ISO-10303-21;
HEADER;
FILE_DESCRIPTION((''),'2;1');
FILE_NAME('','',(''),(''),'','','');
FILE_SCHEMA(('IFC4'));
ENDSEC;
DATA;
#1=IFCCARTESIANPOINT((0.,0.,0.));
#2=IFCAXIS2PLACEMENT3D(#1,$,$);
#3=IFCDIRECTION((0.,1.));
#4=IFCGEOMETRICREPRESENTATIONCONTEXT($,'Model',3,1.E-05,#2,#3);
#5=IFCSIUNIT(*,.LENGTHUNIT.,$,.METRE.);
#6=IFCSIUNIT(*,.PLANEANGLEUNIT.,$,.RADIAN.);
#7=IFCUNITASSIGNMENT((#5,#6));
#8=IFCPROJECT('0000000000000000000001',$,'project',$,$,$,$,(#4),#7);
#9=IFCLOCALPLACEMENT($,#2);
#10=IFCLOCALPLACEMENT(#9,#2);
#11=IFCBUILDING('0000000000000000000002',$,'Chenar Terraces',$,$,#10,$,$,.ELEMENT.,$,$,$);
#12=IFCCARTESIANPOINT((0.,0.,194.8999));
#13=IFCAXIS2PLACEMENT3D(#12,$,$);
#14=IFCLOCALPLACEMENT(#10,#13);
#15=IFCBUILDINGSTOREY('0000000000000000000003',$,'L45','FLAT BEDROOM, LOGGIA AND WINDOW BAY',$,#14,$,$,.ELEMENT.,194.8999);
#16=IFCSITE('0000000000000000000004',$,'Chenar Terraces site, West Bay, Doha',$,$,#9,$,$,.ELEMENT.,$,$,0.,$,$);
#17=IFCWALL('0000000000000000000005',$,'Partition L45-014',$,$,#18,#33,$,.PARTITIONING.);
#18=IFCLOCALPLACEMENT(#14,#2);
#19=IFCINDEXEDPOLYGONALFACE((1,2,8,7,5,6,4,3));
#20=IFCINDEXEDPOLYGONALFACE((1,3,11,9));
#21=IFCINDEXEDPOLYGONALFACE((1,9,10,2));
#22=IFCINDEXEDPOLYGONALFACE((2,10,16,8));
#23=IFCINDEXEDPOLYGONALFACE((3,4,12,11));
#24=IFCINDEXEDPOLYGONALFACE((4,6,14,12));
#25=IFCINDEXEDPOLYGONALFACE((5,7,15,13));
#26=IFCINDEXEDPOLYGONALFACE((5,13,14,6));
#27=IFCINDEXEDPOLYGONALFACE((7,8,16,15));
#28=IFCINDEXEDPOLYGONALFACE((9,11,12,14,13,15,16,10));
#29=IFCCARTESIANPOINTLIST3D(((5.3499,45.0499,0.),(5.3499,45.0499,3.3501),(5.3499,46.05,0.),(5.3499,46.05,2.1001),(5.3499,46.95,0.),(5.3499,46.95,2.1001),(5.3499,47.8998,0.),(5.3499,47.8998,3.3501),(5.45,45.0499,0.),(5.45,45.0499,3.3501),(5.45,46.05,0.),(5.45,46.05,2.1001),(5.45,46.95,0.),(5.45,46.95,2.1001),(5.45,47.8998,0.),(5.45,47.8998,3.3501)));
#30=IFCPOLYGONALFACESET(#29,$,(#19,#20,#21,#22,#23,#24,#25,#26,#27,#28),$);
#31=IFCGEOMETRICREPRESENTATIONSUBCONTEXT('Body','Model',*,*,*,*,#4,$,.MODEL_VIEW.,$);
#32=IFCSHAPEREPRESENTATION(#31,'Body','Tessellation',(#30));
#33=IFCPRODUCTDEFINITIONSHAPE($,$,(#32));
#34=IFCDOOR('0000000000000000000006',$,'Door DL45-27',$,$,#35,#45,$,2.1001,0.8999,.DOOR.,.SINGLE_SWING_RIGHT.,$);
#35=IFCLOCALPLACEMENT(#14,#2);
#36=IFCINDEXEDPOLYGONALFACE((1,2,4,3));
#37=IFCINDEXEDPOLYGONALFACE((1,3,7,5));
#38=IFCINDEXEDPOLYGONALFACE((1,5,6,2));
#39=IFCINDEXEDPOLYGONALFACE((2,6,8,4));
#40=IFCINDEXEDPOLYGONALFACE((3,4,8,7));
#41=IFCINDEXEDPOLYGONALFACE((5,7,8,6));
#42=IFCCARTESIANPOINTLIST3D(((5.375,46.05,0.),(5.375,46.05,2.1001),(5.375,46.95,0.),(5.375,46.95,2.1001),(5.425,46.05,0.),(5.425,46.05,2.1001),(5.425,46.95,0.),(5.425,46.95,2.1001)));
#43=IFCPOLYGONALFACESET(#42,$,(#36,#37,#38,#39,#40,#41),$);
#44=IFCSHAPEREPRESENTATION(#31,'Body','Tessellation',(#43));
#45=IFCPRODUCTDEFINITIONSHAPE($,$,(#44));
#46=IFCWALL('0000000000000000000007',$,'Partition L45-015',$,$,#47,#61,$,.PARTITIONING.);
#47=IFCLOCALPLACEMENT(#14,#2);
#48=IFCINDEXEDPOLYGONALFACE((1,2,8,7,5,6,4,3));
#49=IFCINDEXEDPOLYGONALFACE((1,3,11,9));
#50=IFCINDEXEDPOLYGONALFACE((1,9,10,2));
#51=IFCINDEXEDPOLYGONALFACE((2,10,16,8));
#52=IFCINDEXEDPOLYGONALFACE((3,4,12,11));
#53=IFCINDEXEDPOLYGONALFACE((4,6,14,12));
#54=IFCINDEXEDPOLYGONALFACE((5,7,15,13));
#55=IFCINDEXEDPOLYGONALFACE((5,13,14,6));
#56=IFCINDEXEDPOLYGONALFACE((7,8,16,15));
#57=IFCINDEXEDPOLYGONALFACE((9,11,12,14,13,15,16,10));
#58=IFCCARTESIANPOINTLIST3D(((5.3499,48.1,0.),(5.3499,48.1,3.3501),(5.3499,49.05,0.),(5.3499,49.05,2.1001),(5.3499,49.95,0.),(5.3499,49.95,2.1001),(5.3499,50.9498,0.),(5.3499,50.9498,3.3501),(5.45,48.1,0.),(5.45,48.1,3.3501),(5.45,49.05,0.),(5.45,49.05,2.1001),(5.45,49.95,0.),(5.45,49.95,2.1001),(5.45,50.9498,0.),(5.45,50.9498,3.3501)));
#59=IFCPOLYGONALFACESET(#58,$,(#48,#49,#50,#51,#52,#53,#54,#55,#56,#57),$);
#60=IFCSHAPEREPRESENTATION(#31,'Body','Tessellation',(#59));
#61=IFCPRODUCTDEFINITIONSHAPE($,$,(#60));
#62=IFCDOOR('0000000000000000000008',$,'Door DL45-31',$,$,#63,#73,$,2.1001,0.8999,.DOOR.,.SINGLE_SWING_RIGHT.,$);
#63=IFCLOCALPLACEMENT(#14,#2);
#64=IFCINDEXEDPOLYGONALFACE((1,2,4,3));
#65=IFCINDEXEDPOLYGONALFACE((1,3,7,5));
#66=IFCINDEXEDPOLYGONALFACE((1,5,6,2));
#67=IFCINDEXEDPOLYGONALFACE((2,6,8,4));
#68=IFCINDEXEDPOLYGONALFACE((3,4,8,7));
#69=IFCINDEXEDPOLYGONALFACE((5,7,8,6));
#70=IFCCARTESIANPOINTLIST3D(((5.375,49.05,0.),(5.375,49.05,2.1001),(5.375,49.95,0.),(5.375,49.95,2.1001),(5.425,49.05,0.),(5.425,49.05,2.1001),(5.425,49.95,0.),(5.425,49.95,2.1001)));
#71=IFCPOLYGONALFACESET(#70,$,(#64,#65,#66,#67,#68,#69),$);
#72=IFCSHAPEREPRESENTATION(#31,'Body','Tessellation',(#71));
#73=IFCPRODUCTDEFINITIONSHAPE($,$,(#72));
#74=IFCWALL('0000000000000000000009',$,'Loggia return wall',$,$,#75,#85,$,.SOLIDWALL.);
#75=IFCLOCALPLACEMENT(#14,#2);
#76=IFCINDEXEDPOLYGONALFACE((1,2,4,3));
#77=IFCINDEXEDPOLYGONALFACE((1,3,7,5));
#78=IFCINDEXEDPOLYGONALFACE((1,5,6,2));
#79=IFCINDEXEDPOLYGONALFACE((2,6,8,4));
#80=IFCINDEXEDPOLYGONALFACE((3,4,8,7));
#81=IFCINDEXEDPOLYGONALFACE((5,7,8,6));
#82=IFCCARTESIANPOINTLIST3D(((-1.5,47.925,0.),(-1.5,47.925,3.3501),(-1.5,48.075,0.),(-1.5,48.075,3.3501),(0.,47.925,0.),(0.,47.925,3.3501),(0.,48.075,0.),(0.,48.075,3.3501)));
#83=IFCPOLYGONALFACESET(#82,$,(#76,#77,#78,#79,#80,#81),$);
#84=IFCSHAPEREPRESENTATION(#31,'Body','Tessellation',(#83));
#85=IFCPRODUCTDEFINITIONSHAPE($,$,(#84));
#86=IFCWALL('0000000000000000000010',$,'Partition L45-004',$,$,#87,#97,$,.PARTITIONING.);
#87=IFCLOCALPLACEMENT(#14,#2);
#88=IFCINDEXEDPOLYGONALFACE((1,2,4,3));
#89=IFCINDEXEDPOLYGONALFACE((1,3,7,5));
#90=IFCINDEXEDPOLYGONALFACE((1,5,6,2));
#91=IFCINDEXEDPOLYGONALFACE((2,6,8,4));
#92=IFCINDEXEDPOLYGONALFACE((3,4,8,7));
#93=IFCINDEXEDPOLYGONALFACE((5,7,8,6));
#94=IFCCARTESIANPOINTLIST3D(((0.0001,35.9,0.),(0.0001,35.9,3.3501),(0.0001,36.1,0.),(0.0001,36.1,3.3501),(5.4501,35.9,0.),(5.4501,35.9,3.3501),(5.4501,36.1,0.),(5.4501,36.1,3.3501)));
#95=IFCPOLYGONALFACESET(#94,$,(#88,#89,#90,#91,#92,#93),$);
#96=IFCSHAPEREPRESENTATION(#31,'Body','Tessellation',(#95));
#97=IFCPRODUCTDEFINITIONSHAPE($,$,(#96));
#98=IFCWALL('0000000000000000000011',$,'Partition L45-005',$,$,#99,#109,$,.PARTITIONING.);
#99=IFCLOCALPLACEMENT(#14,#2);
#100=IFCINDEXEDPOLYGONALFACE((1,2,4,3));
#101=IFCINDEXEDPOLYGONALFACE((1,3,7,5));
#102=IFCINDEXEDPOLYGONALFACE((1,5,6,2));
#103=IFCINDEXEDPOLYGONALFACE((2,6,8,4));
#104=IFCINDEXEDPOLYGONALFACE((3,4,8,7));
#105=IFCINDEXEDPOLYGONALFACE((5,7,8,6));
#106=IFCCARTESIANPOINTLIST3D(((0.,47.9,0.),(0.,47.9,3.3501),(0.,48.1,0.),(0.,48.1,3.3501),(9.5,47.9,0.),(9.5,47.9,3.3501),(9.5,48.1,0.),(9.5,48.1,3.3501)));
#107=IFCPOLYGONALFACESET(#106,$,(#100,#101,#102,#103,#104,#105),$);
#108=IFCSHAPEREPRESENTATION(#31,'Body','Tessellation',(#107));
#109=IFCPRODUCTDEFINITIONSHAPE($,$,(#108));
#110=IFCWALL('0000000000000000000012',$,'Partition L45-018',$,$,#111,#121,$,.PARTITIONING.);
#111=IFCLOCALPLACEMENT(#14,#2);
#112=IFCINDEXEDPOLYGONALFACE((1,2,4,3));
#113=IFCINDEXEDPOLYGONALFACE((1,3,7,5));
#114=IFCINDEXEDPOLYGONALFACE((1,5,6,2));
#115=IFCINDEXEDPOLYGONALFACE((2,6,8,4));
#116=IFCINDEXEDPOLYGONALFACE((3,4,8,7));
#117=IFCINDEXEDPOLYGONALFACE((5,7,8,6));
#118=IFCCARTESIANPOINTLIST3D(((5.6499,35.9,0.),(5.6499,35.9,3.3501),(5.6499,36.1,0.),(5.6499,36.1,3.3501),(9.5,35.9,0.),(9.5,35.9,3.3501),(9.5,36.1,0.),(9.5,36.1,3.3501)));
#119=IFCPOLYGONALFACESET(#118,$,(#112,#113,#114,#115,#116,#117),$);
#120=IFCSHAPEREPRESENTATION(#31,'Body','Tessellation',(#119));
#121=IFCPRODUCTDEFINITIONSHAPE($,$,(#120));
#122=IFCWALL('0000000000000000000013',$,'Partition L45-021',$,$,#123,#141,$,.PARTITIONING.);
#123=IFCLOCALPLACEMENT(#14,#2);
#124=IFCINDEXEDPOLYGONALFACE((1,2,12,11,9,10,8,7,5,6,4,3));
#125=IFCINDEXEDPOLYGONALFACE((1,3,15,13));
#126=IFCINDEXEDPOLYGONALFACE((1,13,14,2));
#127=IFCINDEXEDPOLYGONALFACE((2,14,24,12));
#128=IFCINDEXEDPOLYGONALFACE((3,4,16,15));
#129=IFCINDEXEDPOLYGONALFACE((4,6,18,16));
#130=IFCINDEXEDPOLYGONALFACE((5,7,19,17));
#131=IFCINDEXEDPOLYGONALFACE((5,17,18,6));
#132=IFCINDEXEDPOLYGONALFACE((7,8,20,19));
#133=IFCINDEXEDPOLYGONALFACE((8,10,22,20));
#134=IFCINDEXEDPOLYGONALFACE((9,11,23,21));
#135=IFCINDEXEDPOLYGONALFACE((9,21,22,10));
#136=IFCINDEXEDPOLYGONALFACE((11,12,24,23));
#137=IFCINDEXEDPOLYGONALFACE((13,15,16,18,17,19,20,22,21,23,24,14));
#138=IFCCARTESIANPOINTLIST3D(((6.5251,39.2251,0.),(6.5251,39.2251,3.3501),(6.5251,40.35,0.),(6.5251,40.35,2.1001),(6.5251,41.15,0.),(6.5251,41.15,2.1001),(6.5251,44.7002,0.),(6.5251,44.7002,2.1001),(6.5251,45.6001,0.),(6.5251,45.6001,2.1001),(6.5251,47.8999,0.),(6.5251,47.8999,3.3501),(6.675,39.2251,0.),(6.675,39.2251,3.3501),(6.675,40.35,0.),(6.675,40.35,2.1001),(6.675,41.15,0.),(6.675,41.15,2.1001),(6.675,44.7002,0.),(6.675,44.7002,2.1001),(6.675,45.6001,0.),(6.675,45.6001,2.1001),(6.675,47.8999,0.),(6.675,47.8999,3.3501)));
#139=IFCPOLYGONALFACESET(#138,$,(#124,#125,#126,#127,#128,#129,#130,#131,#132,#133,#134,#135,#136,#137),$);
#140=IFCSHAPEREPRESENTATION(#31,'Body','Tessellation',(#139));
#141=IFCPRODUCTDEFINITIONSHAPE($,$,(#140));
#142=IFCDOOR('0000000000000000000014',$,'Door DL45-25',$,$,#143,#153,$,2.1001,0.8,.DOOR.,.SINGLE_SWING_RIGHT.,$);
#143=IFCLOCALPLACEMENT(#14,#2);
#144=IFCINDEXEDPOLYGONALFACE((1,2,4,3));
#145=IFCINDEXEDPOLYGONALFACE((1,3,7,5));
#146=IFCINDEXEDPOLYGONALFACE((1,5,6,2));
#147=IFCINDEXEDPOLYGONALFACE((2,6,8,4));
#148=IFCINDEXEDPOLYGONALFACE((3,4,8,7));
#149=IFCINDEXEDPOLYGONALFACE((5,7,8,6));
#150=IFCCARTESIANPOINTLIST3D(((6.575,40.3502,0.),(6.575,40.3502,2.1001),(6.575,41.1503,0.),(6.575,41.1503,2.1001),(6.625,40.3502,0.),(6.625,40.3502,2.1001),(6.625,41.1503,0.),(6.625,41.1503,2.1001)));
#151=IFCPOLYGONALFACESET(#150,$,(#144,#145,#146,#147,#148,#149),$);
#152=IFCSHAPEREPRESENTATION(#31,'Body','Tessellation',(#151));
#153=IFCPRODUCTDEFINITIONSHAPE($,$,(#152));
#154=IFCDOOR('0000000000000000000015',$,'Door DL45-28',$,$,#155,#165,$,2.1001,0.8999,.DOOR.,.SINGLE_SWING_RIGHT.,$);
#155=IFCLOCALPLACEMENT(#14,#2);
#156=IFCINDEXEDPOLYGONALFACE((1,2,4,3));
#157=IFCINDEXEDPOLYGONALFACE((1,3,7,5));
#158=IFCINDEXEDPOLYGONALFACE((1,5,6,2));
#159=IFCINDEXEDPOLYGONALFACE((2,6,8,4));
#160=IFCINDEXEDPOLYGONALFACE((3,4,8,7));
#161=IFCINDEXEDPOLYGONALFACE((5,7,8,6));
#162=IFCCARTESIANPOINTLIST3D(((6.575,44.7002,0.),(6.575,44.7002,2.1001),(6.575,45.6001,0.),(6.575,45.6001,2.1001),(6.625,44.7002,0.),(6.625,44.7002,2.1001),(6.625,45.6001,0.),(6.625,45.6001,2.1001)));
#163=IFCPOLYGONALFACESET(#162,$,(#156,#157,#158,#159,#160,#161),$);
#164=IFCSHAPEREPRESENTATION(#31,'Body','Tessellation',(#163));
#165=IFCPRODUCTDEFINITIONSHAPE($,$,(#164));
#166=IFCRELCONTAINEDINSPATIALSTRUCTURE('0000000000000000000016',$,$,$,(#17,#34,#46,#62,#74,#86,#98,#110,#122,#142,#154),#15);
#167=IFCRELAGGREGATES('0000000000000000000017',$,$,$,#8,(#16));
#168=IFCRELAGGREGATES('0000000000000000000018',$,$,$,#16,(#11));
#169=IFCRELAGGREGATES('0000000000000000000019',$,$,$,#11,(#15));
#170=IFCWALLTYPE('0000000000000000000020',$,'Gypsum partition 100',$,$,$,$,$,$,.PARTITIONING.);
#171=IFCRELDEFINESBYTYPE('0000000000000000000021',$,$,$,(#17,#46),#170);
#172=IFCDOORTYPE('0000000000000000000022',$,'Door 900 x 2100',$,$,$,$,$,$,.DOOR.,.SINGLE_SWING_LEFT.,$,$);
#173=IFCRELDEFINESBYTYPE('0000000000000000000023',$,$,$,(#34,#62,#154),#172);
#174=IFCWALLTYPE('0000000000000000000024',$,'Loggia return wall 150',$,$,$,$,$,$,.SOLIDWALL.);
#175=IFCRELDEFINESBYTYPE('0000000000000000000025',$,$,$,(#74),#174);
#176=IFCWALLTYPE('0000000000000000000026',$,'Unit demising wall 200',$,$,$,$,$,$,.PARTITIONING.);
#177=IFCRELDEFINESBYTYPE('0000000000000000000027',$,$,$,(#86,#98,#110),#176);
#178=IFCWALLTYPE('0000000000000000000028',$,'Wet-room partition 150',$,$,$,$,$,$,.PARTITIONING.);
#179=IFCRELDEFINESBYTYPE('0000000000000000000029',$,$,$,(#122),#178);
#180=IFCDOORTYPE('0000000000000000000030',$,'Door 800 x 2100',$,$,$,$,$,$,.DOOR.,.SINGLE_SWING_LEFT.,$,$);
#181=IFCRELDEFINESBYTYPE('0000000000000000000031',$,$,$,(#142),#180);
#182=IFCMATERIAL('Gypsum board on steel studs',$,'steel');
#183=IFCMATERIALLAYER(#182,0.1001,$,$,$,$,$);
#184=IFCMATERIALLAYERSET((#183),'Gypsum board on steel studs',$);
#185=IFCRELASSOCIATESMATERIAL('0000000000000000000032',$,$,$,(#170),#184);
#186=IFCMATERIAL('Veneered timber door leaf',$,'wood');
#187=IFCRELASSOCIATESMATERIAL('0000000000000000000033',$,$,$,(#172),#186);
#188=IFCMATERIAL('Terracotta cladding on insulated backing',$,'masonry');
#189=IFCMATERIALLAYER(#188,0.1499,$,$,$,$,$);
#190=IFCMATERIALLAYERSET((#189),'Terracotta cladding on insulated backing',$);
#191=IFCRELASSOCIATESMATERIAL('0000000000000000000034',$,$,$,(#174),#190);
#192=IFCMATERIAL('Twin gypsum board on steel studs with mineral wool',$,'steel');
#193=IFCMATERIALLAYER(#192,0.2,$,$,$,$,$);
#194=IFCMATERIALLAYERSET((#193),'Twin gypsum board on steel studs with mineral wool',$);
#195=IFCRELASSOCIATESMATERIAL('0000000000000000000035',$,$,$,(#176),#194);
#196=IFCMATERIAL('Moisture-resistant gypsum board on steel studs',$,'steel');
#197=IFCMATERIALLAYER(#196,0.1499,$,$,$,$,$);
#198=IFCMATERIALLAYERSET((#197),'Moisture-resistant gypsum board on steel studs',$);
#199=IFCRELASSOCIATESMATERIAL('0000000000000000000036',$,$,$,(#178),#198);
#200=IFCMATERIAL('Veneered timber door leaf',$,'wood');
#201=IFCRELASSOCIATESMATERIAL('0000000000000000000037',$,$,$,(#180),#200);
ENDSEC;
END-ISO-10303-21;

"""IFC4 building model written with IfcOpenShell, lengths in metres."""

from ifc_helpers import new_model, si_unit, direction, frame, frame_2d, origin, place, context, subcontext, project, spatial, rectangle, extrude, material, layer, layer_set, type_object, element, fill, save


model = new_model("IFC4")

# Units and contexts
model_context = context("Model", 3, precision=1e-05, world=origin(), true_north=direction((0.0, 1.0)))
body_context = subcontext(model_context, "Body", "Model", "MODEL_VIEW")
ifc_project = project(units=[si_unit("LENGTHUNIT", "METRE"), si_unit("PLANEANGLEUNIT", "RADIAN")], contexts=[model_context])

# Site, building, storey
site_placement = place(None, origin())
site = spatial("IfcSite", under=ifc_project, at=site_placement, Name="Chenar Terraces site, West Bay, Doha", CompositionType="ELEMENT", RefElevation=0.0)
building_placement = place(site_placement, origin())
building = spatial("IfcBuilding", under=site, at=building_placement, Name="Chenar Terraces", CompositionType="ELEMENT")
storey_placement = place(building_placement, frame((0.0, 0.0, 194.8999)))
storey = spatial("IfcBuildingStorey", under=building, at=storey_placement, Name="L45", Description="FLAT BEDROOM, LOGGIA AND WINDOW BAY", CompositionType="ELEMENT", Elevation=194.8999)

# Shared definitions
placement = place(storey_placement, frame((0.0, 36.0, 0.0), z_axis=(0.0, 0.0, 1.0), x_axis=(1.0, 0.0, 0.0)))

# Shared definitions
ifc_material_1 = material(Name="Gypsum board on steel studs", Category="steel")
ifc_layer_1 = layer(ifc_material_1, 0.1001)
ifc_layer_set_1 = layer_set([ifc_layer_1], Name="Gypsum board on steel studs")
wall_type_1 = type_object("IfcWallType", Name="Gypsum partition 100", PredefinedType="PARTITIONING", material=ifc_layer_set_1)

# Walls, openings, doors
ifc_material_2 = material(Name="Veneered timber door leaf", Category="wood")
door_type_1 = type_object("IfcDoorType", Name="Door 900 x 2100", OperationType="SINGLE_SWING_LEFT", PredefinedType="DOOR", material=ifc_material_2)
wall_1_placement = place(storey_placement, frame((5.3999, 45.05, 0.0), z_axis=(0.0, 0.0, 1.0), x_axis=(0.0, 1.0, 0.0)))
wall_1 = element("IfcWall", 1, at=wall_1_placement, inside=storey, type_object=wall_type_1, Name="Partition L45-014", PredefinedType="PARTITIONING", context=body_context, shape_type="SweptSolid", body=[
    extrude(rectangle(XDim=2.8499, YDim=0.1001, at=frame_2d((1.4248, 0.0))), origin(), (0.0, 0.0, 1.0), 3.3501),
])
opening_1_placement = place(wall_1_placement, frame((1.0, 0.0, 0.0)))
opening_1 = element("IfcOpeningElement", 2, at=opening_1_placement, cuts=wall_1, PredefinedType="OPENING", context=body_context, shape_type="SweptSolid", body=[
    extrude(rectangle(XDim=0.8999, YDim=2.1001, at=frame_2d((0.45, 1.05))), frame((0.0, 0.0601, 0.0), z_axis=(0.0, -1.0, 0.0), x_axis=(1.0, 0.0, 0.0)), (0.0, 0.0, 1.0), 0.1201),
])
door_1_placement = place(opening_1_placement, origin())
door_1 = element("IfcDoor", 3, at=door_1_placement, inside=storey, type_object=door_type_1, Name="Door DL45-27", OperationType="SINGLE_SWING_RIGHT", OverallHeight=2.1001, OverallWidth=0.8999, PredefinedType="DOOR", context=body_context, shape_type="SweptSolid", body=[
    extrude(rectangle(XDim=0.8999, YDim=2.1001, at=frame_2d((0.45, 1.05))), frame((0.0, 0.0249, 0.0), z_axis=(0.0, -1.0, 0.0), x_axis=(1.0, 0.0, 0.0)), (0.0, 0.0, 1.0), 0.05),
])
fill(opening_1, door_1)
wall_2_placement = place(storey_placement, frame((5.3999, 48.1001, 0.0), z_axis=(0.0, 0.0, 1.0), x_axis=(0.0, 1.0, 0.0)))
wall_2 = element("IfcWall", 4, at=wall_2_placement, inside=storey, type_object=wall_type_1, Name="Partition L45-015", PredefinedType="PARTITIONING", context=body_context, shape_type="SweptSolid", body=[
    extrude(rectangle(XDim=2.8499, YDim=0.1001, at=frame_2d((1.4248, 0.0))), origin(), (0.0, 0.0, 1.0), 3.3501),
])
opening_2_placement = place(wall_2_placement, frame((0.95, 0.0, 0.0)))
opening_2 = element("IfcOpeningElement", 5, at=opening_2_placement, cuts=wall_2, PredefinedType="OPENING", context=body_context, shape_type="SweptSolid", body=[
    extrude(rectangle(XDim=0.8999, YDim=2.1001, at=frame_2d((0.45, 1.05))), frame((0.0, 0.0601, 0.0), z_axis=(0.0, -1.0, 0.0), x_axis=(1.0, 0.0, 0.0)), (0.0, 0.0, 1.0), 0.1201),
])
door_2_placement = place(opening_2_placement, origin())
door_2 = element("IfcDoor", 6, at=door_2_placement, inside=storey, type_object=door_type_1, Name="Door DL45-31", OperationType="SINGLE_SWING_RIGHT", OverallHeight=2.1001, OverallWidth=0.8999, PredefinedType="DOOR", context=body_context, shape_type="SweptSolid", body=[
    extrude(rectangle(XDim=0.8999, YDim=2.1001, at=frame_2d((0.45, 1.05))), frame((0.0, 0.0249, 0.0), z_axis=(0.0, -1.0, 0.0), x_axis=(1.0, 0.0, 0.0)), (0.0, 0.0, 1.0), 0.05),
])
fill(opening_2, door_2)

# Walls
ifc_material_3 = material(Name="Terracotta cladding on insulated backing", Category="masonry")
ifc_layer_2 = layer(ifc_material_3, 0.1499)
ifc_layer_set_2 = layer_set([ifc_layer_2], Name="Terracotta cladding on insulated backing")
wall_type_2 = type_object("IfcWallType", Name="Loggia return wall 150", PredefinedType="SOLIDWALL", material=ifc_layer_set_2)
wall_3_placement = place(storey_placement, frame((-1.5, 48.0, 0.0), z_axis=(0.0, 0.0, 1.0), x_axis=(1.0, 0.0, 0.0)))
element("IfcWall", 7, at=wall_3_placement, inside=storey, type_object=wall_type_2, Name="Loggia return wall", PredefinedType="SOLIDWALL", context=body_context, shape_type="SweptSolid", body=[
    extrude(rectangle(XDim=1.5, YDim=0.1499, at=frame_2d((0.75, 0.0))), origin(), (0.0, 0.0, 1.0), 3.3501),
])
ifc_material_4 = material(Name="Twin gypsum board on steel studs with mineral wool", Category="steel")
ifc_layer_3 = layer(ifc_material_4, 0.2)
ifc_layer_set_3 = layer_set([ifc_layer_3], Name="Twin gypsum board on steel studs with mineral wool")
wall_type_3 = type_object("IfcWallType", Name="Unit demising wall 200", PredefinedType="PARTITIONING", material=ifc_layer_set_3)
element("IfcWall", 8, at=placement, inside=storey, type_object=wall_type_3, Name="Partition L45-004", PredefinedType="PARTITIONING", context=body_context, shape_type="SweptSolid", body=[
    extrude(rectangle(XDim=5.45, YDim=0.2, at=frame_2d((2.7251, 0.0))), origin(), (0.0, 0.0, 1.0), 3.3501),
])
wall_4_placement = place(storey_placement, frame((0.0, 48.0, 0.0), z_axis=(0.0, 0.0, 1.0), x_axis=(1.0, 0.0, 0.0)))
element("IfcWall", 9, at=wall_4_placement, inside=storey, type_object=wall_type_3, Name="Partition L45-005", PredefinedType="PARTITIONING", context=body_context, shape_type="SweptSolid", body=[
    extrude(rectangle(XDim=9.5, YDim=0.2, at=frame_2d((4.75, 0.0))), origin(), (0.0, 0.0, 1.0), 3.3501),
])
wall_5_placement = place(storey_placement, frame((5.6499, 36.0, 0.0), z_axis=(0.0, 0.0, 1.0), x_axis=(1.0, 0.0, 0.0)))
element("IfcWall", 10, at=wall_5_placement, inside=storey, type_object=wall_type_3, Name="Partition L45-018", PredefinedType="PARTITIONING", context=body_context, shape_type="SweptSolid", body=[
    extrude(rectangle(XDim=3.8501, YDim=0.2, at=frame_2d((1.925, 0.0))), origin(), (0.0, 0.0, 1.0), 3.3501),
])

# Wall, openings, doors
ifc_material_5 = material(Name="Moisture-resistant gypsum board on steel studs", Category="steel")
ifc_layer_4 = layer(ifc_material_5, 0.1499)
ifc_layer_set_4 = layer_set([ifc_layer_4], Name="Moisture-resistant gypsum board on steel studs")
wall_type_4 = type_object("IfcWallType", Name="Wet-room partition 150", PredefinedType="PARTITIONING", material=ifc_layer_set_4)
wall_6_placement = place(storey_placement, frame((6.6001, 39.2251, 0.0), z_axis=(0.0, 0.0, 1.0), x_axis=(0.0, 1.0, 0.0)))
wall_6 = element("IfcWall", 11, at=wall_6_placement, inside=storey, type_object=wall_type_4, Name="Partition L45-021", PredefinedType="PARTITIONING", context=body_context, shape_type="SweptSolid", body=[
    extrude(rectangle(XDim=8.6748, YDim=0.1499, at=frame_2d((4.3374, 0.0))), origin(), (0.0, 0.0, 1.0), 3.3501),
])
opening_3_placement = place(wall_6_placement, frame((1.125, 0.0, 0.0)))
opening_3 = element("IfcOpeningElement", 12, at=opening_3_placement, cuts=wall_6, PredefinedType="OPENING", context=body_context, shape_type="SweptSolid", body=[
    extrude(rectangle(XDim=0.8, YDim=2.1001, at=frame_2d((0.3999, 1.05))), frame((0.0, 0.085, 0.0), z_axis=(0.0, -1.0, 0.0), x_axis=(1.0, 0.0, 0.0)), (0.0, 0.0, 1.0), 0.1699),
])
opening_4_placement = place(wall_6_placement, frame((5.4751, 0.0, 0.0)))
opening_4 = element("IfcOpeningElement", 13, at=opening_4_placement, cuts=wall_6, PredefinedType="OPENING", context=body_context, shape_type="SweptSolid", body=[
    extrude(rectangle(XDim=0.8999, YDim=2.1001, at=frame_2d((0.45, 1.05))), frame((0.0, 0.085, 0.0), z_axis=(0.0, -1.0, 0.0), x_axis=(1.0, 0.0, 0.0)), (0.0, 0.0, 1.0), 0.1699),
])
ifc_material_6 = material(Name="Veneered timber door leaf", Category="wood")
door_type_2 = type_object("IfcDoorType", Name="Door 800 x 2100", OperationType="SINGLE_SWING_LEFT", PredefinedType="DOOR", material=ifc_material_6)
door_3_placement = place(opening_3_placement, frame((0.8, 0.0, 0.0), z_axis=(0.0, 0.0, 1.0), x_axis=(-1.0, 0.0, 0.0)))
door_3 = element("IfcDoor", 14, at=door_3_placement, inside=storey, type_object=door_type_2, Name="Door DL45-25", OperationType="SINGLE_SWING_RIGHT", OverallHeight=2.1001, OverallWidth=0.8, PredefinedType="DOOR", context=body_context, shape_type="SweptSolid", body=[
    extrude(rectangle(XDim=0.8, YDim=2.1001, at=frame_2d((0.3999, 1.05))), frame((0.0, 0.0249, 0.0), z_axis=(0.0, -1.0, 0.0), x_axis=(1.0, 0.0, 0.0)), (0.0, 0.0, 1.0), 0.05),
])
fill(opening_3, door_3)
door_4_placement = place(opening_4_placement, frame((0.8999, 0.0, 0.0), z_axis=(0.0, 0.0, 1.0), x_axis=(-1.0, 0.0, 0.0)))
door_4 = element("IfcDoor", 15, at=door_4_placement, inside=storey, type_object=door_type_1, Name="Door DL45-28", OperationType="SINGLE_SWING_RIGHT", OverallHeight=2.1001, OverallWidth=0.8999, PredefinedType="DOOR", context=body_context, shape_type="SweptSolid", body=[
    extrude(rectangle(XDim=0.8999, YDim=2.1001, at=frame_2d((0.45, 1.05))), frame((0.0, 0.0249, 0.0), z_axis=(0.0, -1.0, 0.0), x_axis=(1.0, 0.0, 0.0)), (0.0, 0.0, 1.0), 0.05),
])
fill(opening_4, door_4)

save(model, "model.ifc")
